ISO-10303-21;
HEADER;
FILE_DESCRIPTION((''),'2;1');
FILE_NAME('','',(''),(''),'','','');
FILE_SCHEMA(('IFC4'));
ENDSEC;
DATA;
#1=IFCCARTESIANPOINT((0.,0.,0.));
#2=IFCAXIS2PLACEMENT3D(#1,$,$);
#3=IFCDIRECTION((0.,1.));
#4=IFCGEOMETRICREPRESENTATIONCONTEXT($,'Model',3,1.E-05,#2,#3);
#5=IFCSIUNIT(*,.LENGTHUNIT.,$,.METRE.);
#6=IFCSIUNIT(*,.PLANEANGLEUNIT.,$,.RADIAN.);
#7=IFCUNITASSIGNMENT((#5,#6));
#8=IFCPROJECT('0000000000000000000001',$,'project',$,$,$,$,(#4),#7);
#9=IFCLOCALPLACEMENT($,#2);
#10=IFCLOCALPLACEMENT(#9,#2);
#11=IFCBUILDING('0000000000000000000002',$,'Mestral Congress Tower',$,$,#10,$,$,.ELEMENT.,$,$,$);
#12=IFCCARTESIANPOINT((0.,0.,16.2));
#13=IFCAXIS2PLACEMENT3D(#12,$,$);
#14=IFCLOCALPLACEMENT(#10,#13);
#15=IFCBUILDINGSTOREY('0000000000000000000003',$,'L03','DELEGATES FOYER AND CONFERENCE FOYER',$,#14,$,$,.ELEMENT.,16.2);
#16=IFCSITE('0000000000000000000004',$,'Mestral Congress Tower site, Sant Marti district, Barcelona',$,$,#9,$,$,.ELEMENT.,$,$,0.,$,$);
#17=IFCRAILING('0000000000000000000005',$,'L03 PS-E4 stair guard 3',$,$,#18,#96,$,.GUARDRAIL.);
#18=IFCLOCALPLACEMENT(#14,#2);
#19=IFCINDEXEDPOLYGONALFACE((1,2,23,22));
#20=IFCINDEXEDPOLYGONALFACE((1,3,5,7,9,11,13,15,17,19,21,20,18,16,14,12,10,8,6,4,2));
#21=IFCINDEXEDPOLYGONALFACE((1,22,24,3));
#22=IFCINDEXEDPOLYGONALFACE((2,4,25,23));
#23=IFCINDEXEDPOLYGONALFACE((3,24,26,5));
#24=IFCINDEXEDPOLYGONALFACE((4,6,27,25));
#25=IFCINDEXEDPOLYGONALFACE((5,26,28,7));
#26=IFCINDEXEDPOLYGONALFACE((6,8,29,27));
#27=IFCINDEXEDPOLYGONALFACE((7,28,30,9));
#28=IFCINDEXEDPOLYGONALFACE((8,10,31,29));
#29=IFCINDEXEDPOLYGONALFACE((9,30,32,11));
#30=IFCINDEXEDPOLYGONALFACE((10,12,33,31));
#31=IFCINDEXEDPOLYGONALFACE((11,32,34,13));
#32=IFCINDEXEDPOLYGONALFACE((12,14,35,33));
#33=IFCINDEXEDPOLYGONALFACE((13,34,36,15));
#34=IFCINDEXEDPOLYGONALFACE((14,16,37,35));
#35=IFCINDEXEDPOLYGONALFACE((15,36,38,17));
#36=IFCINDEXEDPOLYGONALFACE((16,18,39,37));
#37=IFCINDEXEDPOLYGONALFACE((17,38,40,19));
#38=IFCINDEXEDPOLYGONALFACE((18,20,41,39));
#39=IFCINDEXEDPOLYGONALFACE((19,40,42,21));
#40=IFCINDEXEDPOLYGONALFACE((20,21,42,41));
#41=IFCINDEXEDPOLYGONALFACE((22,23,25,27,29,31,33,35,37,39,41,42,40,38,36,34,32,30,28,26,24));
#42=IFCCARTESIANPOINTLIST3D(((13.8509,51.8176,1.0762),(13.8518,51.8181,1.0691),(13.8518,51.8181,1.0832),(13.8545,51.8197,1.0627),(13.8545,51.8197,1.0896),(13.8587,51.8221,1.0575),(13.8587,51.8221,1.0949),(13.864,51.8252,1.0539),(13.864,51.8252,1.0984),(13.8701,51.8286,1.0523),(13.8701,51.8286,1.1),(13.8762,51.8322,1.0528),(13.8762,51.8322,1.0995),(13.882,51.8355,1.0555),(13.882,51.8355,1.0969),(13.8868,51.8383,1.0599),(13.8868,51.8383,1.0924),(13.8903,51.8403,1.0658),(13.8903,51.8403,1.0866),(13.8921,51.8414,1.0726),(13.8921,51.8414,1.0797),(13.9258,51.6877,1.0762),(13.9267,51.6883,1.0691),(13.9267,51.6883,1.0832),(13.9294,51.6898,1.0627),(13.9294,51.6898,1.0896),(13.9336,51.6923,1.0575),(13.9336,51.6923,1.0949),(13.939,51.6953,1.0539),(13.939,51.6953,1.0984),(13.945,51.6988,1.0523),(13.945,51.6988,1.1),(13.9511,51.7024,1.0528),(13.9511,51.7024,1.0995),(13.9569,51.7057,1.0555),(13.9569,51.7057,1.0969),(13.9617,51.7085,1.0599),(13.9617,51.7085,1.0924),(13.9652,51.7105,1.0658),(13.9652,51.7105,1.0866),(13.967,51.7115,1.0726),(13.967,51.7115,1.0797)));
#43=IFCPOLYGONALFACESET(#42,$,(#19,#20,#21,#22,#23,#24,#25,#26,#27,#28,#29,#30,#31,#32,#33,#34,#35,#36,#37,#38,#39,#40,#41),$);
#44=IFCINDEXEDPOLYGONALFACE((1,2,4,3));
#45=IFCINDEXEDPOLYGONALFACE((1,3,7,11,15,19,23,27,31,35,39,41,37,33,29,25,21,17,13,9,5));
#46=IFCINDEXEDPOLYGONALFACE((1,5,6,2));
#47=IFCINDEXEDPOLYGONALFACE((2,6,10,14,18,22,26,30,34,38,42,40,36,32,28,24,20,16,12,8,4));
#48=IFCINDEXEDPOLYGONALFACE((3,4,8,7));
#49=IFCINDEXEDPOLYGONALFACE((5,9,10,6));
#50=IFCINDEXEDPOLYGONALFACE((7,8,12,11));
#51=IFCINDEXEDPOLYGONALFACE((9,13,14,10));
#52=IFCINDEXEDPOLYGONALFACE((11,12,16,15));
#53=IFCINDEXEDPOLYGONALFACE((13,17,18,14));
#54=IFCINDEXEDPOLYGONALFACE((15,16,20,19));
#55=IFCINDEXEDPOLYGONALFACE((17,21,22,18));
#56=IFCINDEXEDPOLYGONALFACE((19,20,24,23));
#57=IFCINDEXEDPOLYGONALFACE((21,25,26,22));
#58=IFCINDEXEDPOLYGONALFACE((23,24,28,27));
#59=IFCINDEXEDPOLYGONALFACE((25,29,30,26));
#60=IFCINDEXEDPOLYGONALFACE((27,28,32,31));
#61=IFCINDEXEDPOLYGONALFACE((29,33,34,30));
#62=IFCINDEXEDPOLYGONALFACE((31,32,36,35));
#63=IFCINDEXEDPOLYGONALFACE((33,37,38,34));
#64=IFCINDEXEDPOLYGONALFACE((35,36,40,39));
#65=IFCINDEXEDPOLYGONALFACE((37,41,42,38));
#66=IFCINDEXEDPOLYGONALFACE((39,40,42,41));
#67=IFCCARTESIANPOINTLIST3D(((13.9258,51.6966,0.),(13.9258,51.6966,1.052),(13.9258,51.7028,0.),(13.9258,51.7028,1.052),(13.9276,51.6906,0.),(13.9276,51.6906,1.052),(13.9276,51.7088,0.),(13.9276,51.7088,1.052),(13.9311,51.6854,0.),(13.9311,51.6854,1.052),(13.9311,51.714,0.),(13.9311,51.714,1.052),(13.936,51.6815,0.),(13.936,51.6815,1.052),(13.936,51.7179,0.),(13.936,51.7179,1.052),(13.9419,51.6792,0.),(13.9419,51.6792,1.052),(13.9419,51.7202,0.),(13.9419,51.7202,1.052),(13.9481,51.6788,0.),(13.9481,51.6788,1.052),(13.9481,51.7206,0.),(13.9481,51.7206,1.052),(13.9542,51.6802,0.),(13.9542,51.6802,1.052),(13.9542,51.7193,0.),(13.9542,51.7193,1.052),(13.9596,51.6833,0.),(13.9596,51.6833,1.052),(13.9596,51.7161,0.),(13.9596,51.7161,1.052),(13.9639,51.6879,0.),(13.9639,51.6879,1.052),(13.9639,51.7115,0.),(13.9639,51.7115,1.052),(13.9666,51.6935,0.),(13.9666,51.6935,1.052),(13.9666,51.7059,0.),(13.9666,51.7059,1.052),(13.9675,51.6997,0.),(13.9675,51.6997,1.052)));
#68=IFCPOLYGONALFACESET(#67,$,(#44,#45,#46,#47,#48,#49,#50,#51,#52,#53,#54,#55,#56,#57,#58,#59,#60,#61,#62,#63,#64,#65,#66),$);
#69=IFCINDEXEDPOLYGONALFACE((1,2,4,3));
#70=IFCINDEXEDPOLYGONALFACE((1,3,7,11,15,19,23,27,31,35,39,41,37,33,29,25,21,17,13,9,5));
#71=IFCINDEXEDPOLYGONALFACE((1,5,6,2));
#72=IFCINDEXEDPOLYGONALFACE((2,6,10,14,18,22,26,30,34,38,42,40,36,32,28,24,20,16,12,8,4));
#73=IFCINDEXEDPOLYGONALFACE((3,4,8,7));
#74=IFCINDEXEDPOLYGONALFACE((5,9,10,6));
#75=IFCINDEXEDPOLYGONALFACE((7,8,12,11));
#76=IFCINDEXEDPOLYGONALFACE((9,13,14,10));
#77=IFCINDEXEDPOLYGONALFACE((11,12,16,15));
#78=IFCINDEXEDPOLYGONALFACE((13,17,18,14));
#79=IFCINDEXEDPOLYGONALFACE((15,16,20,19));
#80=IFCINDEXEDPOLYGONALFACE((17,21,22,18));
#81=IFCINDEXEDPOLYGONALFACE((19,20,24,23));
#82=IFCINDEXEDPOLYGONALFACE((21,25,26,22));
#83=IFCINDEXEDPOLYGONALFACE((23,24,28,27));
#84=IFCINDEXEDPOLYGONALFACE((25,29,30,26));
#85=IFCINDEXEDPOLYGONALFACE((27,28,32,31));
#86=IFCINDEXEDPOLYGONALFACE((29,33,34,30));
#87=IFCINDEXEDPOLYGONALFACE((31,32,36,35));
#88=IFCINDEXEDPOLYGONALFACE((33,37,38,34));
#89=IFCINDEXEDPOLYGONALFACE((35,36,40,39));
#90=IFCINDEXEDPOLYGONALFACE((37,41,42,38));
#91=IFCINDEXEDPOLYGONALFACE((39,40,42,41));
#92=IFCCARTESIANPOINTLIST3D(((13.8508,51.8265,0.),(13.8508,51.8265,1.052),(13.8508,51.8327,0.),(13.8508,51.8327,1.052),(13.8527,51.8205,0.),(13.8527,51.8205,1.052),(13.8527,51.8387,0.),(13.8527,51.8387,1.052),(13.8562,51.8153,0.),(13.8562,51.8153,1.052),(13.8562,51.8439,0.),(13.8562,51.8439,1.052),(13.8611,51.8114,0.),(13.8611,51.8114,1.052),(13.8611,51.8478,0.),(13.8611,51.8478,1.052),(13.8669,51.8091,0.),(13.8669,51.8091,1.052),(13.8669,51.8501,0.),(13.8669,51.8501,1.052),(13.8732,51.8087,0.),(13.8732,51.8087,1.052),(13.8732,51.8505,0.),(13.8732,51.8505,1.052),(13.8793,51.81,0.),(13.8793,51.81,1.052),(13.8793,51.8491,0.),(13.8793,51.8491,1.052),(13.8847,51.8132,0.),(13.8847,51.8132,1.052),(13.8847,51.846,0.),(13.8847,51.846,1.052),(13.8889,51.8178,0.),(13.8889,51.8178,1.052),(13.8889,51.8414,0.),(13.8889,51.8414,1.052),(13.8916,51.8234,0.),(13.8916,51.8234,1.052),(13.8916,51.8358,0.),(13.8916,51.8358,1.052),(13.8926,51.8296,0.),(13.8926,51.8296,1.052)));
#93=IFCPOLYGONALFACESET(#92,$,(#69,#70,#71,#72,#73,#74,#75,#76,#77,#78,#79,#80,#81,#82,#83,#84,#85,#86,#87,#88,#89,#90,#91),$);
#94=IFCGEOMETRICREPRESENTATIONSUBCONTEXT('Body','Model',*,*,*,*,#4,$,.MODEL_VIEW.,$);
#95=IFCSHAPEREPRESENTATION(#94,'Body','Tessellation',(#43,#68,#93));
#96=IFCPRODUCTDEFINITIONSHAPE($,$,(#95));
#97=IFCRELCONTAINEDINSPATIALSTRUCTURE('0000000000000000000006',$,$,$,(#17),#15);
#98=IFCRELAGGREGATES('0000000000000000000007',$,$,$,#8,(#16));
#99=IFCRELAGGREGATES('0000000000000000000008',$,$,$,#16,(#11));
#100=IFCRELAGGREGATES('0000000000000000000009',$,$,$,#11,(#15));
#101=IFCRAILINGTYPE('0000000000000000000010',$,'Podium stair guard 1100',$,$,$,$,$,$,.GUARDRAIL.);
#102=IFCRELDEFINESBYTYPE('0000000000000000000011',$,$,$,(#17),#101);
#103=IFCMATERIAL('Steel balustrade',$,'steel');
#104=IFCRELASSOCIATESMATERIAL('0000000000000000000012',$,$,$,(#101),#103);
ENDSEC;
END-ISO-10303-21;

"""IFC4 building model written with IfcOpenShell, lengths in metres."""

from ifc_helpers import new_model, si_unit, direction, frame, origin, origin_2d, place, context, subcontext, project, spatial, circle, extrude, material, type_object, element, save


model = new_model("IFC4")

# Units and contexts
model_context = context("Model", 3, precision=1e-05, world=origin(), true_north=direction((0.0, 1.0)))
body_context = subcontext(model_context, "Body", "Model", "MODEL_VIEW")
ifc_project = project(units=[si_unit("LENGTHUNIT", "METRE"), si_unit("PLANEANGLEUNIT", "RADIAN")], contexts=[model_context])

# Site, building, storey
site_placement = place(None, origin())
site = spatial("IfcSite", under=ifc_project, at=site_placement, Name="Mestral Congress Tower site, Sant Marti district, Barcelona", CompositionType="ELEMENT", RefElevation=0.0)
building_placement = place(site_placement, origin())
building = spatial("IfcBuilding", under=site, at=building_placement, Name="Mestral Congress Tower", CompositionType="ELEMENT")
storey_placement = place(building_placement, frame((0.0, 0.0, 16.2)))
storey = spatial("IfcBuildingStorey", under=building, at=storey_placement, Name="L03", Description="DELEGATES FOYER AND CONFERENCE FOYER", CompositionType="ELEMENT", Elevation=16.2)

# Railing
ifc_material_1 = material(Name="Steel balustrade", Category="steel")
railing_type_1 = type_object("IfcRailingType", Name="Podium stair guard 1100", PredefinedType="GUARDRAIL", material=ifc_material_1)
railing_1_placement = place(storey_placement, frame((13.9465, 51.6997, 0.0)))
element("IfcRailing", 1, at=railing_1_placement, inside=storey, type_object=railing_type_1, Name="L03 PS-E4 stair guard 3", PredefinedType="GUARDRAIL", context=body_context, shape_type="SweptSolid", body=[
    extrude(circle(Radius=0.0239, at=origin_2d()), frame((0.0, 0.0, 1.0762), z_axis=(-0.499816, 0.866131, 0.0), x_axis=(-0.866131, -0.499816, 0.0)), (0.0, 0.0, 1.0), 0.1499),
    extrude(circle(Radius=0.021, at=origin_2d()), origin(), (0.0, 0.0, 1.0), 1.052),
    extrude(circle(Radius=0.021, at=origin_2d()), frame((-0.075, 0.1299, 0.0)), (0.0, 0.0, 1.0), 1.052),
])

save(model, "model.ifc")
